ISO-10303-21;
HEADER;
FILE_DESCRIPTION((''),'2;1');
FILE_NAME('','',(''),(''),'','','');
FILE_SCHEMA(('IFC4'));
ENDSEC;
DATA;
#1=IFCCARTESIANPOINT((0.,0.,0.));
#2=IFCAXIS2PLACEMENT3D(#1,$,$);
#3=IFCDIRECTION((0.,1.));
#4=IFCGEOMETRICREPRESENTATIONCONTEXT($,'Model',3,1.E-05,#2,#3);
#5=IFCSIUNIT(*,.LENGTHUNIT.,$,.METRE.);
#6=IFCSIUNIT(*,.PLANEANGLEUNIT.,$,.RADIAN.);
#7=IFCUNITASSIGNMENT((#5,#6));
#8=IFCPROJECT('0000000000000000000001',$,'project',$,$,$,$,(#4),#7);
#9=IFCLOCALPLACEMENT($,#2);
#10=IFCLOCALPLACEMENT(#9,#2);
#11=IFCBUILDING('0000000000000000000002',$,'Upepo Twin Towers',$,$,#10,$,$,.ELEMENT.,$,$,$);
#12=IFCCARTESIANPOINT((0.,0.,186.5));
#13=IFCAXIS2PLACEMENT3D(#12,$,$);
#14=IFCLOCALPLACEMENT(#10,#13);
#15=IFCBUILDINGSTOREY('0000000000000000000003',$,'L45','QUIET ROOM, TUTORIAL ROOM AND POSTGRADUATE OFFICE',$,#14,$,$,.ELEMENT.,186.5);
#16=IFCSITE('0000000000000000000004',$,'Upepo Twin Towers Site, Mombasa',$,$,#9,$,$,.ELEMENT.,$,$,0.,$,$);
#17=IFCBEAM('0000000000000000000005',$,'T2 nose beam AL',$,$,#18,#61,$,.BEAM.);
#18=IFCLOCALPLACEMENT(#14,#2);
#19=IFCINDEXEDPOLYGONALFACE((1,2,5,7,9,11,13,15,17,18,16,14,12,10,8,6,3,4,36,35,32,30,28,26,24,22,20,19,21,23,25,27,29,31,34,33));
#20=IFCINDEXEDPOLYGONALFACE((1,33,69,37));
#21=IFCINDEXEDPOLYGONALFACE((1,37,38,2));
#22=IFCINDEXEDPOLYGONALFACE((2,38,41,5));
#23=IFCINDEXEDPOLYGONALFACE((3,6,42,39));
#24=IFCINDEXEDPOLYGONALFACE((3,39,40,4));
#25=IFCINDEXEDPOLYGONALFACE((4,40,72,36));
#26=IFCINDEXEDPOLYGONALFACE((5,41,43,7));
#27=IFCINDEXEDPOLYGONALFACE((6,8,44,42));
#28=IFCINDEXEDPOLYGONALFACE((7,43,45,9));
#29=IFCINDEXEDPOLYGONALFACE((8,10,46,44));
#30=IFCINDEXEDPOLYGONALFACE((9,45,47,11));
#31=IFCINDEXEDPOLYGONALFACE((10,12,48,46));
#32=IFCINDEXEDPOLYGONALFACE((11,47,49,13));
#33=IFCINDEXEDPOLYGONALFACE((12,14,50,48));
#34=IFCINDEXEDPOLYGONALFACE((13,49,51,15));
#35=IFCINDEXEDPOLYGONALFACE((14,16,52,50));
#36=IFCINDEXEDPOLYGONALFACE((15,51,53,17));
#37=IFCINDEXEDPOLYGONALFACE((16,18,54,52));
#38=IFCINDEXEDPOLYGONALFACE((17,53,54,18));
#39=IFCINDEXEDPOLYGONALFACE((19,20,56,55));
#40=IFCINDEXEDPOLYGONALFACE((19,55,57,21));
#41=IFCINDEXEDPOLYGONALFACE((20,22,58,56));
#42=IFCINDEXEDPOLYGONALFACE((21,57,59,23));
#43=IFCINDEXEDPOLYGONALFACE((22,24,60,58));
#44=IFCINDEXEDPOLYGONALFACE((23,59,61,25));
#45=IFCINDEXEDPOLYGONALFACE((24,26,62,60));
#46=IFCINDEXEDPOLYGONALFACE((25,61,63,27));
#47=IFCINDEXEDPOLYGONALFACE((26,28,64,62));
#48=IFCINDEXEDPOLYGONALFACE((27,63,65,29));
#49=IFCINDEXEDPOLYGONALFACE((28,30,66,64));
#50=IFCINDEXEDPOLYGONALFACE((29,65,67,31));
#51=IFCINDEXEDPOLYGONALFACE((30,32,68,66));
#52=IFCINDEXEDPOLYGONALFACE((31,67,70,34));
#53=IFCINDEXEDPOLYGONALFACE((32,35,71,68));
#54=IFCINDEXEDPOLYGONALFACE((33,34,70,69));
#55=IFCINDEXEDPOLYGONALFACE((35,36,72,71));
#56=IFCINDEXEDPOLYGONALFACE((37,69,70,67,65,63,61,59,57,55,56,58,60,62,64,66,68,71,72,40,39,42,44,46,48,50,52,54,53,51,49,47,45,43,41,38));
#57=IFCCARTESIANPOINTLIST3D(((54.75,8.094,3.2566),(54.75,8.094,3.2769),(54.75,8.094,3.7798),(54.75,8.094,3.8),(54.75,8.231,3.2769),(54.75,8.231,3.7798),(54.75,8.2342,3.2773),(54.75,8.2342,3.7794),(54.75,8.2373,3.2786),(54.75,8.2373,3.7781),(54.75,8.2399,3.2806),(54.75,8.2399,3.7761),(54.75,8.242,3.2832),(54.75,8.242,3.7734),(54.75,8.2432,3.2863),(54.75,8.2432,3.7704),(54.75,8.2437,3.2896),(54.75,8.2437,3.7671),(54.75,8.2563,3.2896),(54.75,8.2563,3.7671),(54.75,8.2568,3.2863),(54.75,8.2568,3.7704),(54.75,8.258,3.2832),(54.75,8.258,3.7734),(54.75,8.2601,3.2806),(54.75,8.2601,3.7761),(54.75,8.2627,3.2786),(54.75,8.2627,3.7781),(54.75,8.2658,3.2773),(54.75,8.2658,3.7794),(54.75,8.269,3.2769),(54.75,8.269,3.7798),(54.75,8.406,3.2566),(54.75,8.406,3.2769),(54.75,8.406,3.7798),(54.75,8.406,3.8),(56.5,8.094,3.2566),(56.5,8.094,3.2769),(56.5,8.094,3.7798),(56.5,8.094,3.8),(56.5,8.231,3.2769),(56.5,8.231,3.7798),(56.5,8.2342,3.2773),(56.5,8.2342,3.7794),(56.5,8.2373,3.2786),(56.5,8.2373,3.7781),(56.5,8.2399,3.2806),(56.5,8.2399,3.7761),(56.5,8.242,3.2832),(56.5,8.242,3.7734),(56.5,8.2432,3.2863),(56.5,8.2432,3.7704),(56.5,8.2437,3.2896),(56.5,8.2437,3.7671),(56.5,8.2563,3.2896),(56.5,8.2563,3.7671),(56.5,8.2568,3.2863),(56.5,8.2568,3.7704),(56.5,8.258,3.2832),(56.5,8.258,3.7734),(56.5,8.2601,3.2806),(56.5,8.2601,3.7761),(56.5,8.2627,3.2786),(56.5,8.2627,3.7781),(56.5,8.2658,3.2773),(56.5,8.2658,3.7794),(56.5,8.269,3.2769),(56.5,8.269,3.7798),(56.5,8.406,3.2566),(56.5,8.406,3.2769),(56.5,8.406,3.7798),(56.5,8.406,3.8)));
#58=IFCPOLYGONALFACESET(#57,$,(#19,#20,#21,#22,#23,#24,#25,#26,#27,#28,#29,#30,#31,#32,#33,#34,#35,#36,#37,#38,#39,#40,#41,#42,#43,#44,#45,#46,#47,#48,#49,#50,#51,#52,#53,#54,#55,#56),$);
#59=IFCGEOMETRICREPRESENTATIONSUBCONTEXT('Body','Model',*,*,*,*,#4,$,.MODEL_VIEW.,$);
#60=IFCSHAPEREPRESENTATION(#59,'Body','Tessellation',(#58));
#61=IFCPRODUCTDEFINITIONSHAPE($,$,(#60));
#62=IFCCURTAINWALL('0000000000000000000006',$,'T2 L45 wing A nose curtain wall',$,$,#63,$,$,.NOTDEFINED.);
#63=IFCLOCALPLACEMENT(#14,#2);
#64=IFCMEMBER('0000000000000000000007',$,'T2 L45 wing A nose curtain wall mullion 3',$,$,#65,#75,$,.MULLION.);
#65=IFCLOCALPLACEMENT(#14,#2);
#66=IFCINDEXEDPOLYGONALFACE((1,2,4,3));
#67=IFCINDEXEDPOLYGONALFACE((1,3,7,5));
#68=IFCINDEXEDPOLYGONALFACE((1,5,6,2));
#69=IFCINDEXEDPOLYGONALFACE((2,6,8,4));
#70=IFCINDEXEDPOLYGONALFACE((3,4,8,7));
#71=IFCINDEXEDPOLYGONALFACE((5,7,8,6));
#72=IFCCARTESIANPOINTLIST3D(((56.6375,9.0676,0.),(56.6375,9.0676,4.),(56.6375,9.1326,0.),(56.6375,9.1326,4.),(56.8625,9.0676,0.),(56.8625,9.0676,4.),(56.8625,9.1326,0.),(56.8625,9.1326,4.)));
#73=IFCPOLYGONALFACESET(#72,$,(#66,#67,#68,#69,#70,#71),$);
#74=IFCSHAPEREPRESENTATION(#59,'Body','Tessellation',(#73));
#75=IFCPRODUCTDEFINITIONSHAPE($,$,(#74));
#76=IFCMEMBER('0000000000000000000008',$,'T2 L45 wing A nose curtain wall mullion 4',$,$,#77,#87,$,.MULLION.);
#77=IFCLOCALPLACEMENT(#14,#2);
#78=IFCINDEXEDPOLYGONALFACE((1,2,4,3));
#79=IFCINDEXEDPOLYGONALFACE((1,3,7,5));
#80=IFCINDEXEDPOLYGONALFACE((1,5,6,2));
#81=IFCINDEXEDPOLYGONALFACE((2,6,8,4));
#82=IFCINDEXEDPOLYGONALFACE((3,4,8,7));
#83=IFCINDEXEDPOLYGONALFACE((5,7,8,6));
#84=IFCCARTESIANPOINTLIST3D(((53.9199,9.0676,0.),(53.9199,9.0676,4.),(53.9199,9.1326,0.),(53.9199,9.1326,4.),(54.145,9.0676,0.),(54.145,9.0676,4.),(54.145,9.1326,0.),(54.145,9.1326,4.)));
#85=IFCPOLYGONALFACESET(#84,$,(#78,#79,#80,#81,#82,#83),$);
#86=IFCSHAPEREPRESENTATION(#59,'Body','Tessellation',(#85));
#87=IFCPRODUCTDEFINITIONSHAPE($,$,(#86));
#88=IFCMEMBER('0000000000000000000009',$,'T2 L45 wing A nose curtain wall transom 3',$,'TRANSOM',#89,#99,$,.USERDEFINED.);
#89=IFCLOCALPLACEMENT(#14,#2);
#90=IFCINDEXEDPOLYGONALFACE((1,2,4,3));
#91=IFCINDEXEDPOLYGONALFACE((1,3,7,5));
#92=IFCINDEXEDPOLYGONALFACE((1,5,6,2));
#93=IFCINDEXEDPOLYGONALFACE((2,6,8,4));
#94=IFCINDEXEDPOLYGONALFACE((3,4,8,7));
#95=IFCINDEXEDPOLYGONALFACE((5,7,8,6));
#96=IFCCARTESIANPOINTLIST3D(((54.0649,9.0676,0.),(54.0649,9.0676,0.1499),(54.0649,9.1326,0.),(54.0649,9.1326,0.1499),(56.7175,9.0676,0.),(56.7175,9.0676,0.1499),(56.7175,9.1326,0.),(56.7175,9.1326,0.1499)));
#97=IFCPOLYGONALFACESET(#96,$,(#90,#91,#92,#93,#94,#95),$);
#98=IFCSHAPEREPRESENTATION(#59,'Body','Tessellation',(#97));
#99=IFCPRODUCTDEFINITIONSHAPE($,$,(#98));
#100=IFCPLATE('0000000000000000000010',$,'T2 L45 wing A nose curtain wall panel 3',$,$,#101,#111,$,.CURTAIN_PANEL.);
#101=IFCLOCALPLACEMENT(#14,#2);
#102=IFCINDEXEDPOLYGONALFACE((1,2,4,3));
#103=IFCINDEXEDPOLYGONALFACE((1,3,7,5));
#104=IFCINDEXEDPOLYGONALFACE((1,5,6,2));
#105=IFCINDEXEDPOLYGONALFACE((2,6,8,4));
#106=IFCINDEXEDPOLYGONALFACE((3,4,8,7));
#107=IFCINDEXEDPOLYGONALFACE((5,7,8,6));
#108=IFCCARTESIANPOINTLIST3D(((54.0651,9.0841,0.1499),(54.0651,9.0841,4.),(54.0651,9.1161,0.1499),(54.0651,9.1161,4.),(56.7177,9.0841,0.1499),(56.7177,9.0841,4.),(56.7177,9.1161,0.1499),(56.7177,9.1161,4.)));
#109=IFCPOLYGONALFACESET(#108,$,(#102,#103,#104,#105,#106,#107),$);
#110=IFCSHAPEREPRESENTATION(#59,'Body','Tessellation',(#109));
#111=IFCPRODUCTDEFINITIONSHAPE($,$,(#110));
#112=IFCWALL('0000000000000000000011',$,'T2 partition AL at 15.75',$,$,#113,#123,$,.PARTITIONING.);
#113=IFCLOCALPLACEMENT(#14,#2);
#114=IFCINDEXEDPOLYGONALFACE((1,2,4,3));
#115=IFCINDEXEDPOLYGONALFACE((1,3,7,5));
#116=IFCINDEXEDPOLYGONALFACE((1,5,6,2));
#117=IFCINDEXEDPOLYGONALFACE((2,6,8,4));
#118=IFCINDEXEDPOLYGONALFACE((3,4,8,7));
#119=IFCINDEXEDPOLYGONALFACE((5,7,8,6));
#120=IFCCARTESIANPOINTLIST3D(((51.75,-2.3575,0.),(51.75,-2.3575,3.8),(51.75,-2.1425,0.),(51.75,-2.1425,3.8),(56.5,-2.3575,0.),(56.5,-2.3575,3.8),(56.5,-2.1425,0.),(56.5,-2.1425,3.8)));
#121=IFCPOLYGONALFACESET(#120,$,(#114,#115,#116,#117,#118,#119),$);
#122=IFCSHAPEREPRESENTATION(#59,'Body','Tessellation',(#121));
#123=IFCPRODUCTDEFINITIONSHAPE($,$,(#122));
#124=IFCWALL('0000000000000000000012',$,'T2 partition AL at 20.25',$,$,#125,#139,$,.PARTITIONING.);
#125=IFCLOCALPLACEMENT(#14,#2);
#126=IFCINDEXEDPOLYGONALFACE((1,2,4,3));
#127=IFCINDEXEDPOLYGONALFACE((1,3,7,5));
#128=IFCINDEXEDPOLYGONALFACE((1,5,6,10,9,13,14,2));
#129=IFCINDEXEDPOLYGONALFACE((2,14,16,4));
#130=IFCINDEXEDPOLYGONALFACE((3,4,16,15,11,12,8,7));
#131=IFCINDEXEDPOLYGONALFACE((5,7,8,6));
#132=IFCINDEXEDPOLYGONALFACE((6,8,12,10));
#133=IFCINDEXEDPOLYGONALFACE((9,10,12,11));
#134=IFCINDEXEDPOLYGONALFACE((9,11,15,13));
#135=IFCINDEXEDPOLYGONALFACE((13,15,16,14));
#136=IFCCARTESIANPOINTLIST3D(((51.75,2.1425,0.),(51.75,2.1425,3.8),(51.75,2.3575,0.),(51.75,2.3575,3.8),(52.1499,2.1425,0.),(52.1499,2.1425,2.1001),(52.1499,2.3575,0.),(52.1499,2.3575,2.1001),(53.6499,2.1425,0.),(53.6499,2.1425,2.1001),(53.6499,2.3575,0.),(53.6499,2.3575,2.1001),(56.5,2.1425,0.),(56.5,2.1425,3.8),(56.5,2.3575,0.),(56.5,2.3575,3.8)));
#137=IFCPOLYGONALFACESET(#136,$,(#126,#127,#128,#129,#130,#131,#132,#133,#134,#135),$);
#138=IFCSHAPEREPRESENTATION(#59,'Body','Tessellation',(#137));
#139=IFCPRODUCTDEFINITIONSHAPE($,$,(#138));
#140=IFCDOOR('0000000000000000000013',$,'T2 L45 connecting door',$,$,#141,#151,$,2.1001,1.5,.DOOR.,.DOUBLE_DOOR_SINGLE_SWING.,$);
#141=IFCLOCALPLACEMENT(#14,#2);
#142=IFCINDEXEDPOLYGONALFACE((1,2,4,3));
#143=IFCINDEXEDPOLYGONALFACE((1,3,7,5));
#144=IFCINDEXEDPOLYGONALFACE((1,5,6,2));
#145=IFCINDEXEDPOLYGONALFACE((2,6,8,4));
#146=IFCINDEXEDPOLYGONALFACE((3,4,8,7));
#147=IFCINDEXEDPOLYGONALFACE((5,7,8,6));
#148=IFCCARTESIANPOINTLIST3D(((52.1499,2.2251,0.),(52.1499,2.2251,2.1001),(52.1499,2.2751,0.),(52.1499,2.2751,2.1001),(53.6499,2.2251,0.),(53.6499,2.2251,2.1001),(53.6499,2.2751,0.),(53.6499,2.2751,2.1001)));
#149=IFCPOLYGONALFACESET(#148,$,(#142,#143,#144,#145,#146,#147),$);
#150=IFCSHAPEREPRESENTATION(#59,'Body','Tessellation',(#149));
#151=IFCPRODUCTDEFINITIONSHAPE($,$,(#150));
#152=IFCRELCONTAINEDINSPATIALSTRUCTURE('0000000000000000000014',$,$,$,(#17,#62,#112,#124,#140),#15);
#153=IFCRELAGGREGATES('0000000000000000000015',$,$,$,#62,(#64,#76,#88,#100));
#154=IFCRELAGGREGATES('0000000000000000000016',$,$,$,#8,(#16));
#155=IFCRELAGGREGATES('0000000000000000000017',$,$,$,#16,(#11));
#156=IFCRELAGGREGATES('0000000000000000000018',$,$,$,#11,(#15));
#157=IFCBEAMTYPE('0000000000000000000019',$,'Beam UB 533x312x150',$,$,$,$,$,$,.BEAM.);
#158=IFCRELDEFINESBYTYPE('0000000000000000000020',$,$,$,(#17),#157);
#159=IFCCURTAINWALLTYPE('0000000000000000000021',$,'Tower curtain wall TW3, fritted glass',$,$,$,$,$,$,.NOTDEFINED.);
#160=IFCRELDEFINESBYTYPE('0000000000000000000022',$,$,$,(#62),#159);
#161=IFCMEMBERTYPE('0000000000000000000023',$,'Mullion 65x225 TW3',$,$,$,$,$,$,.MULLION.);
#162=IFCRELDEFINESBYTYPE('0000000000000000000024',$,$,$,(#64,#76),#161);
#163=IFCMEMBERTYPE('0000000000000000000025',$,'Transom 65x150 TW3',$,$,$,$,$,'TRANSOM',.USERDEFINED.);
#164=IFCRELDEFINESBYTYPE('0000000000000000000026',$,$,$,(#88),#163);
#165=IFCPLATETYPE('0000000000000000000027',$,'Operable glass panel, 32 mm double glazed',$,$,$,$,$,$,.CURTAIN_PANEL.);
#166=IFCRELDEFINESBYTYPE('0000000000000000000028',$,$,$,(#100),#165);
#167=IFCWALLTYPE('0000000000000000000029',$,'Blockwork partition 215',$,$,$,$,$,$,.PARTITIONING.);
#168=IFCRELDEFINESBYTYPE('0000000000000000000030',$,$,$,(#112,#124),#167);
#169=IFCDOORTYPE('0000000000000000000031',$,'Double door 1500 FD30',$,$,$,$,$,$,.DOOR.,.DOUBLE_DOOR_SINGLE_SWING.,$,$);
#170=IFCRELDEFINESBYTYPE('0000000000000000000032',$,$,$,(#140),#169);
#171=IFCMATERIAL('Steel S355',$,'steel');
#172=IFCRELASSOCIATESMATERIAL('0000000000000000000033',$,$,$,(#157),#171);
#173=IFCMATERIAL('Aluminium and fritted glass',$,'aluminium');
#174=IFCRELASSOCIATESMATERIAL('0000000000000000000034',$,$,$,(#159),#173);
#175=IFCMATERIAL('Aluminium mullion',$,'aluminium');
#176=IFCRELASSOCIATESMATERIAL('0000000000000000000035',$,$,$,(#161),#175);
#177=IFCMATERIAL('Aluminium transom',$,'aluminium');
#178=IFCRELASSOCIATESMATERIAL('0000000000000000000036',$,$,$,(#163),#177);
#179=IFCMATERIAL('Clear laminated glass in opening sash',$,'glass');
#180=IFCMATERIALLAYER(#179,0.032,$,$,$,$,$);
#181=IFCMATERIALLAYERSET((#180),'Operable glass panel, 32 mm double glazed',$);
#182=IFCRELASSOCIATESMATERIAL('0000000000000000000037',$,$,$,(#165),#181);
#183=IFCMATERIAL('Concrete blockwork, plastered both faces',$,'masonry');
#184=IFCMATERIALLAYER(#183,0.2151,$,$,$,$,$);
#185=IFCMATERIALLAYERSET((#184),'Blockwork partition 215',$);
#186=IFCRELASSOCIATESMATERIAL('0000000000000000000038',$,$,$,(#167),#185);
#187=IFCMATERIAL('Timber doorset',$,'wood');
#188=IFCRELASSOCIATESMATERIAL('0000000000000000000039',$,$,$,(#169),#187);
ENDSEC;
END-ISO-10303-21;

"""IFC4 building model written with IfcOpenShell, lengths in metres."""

from ifc_helpers import new_model, si_unit, direction, frame, frame_2d, origin, origin_2d, place, context, subcontext, project, spatial, rectangle, i_section, extrude, material, layer, layer_set, material_profile, profile_set, type_object, element, fill, aggregate, save


model = new_model("IFC4")

# Units and contexts
model_context = context("Model", 3, precision=1e-05, world=origin(), true_north=direction((0.0, 1.0)))
body_context = subcontext(model_context, "Body", "Model", "MODEL_VIEW")
ifc_project = project(units=[si_unit("LENGTHUNIT", "METRE"), si_unit("PLANEANGLEUNIT", "RADIAN")], contexts=[model_context])

# Site, building, storey
site_placement = place(None, origin())
site = spatial("IfcSite", under=ifc_project, at=site_placement, Name="Upepo Twin Towers Site, Mombasa", CompositionType="ELEMENT", RefElevation=0.0)
building_placement = place(site_placement, origin())
building = spatial("IfcBuilding", under=site, at=building_placement, Name="Upepo Twin Towers", CompositionType="ELEMENT")
storey_placement = place(building_placement, frame((0.0, 0.0, 186.5)))
storey = spatial("IfcBuildingStorey", under=building, at=storey_placement, Name="L45", Description="QUIET ROOM, TUTORIAL ROOM AND POSTGRADUATE OFFICE", CompositionType="ELEMENT", Elevation=186.5)

# Beam
ifc_material_1 = material(Name="Steel S355", Category="steel")
ifc_material_profile_1 = material_profile(ifc_material_1, i_section(OverallWidth=0.312, OverallDepth=0.5435, WebThickness=0.0127, FlangeThickness=0.0203, FilletRadius=0.0127, at=origin_2d()), Name="UB 533x312x150")
ifc_profile_set_1 = profile_set([ifc_material_profile_1], Name="Steel S355")
beam_type_1 = type_object("IfcBeamType", Name="Beam UB 533x312x150", PredefinedType="BEAM", material=ifc_profile_set_1)
beam_1_placement = place(storey_placement, frame((54.75, 8.25, 3.5283), z_axis=(1.0, 0.0, 0.0), x_axis=(0.0, 1.0, 0.0)))
element("IfcBeam", 1, at=beam_1_placement, inside=storey, type_object=beam_type_1, Name="T2 nose beam AL", PredefinedType="BEAM", context=body_context, shape_type="SweptSolid", body=[
    extrude(i_section(OverallWidth=0.312, OverallDepth=0.5435, WebThickness=0.0127, FlangeThickness=0.0203, FilletRadius=0.0127, at=origin_2d()), origin(), (0.0, 0.0, 1.0), 1.75),
])

# Curtain wall, members, plate
ifc_material_2 = material(Name="Aluminium and fritted glass", Category="aluminium")
curtain_wall_type = type_object("IfcCurtainWallType", Name="Tower curtain wall TW3, fritted glass", PredefinedType="NOTDEFINED", material=ifc_material_2)
curtain_wall_placement = place(storey_placement, origin())
curtain_wall = element("IfcCurtainWall", 2, at=curtain_wall_placement, inside=storey, type_object=curtain_wall_type, Name="T2 L45 wing A nose curtain wall", PredefinedType="NOTDEFINED")
ifc_material_3 = material(Name="Aluminium mullion", Category="aluminium")
ifc_material_profile_2 = material_profile(ifc_material_3, rectangle(XDim=0.0649, YDim=0.2251, at=origin_2d()), Name="MULLION 65x225")
ifc_profile_set_2 = profile_set([ifc_material_profile_2], Name="Aluminium mullion")
member_type_1 = type_object("IfcMemberType", Name="Mullion 65x225 TW3", PredefinedType="MULLION", material=ifc_profile_set_2)
member_1_placement = place(storey_placement, frame((56.75, 9.1001, 0.0), z_axis=(0.0, 0.0, 1.0), x_axis=(0.0, -1.0, 0.0)))
member_1 = element("IfcMember", 3, at=member_1_placement, type_object=member_type_1, Name="T2 L45 wing A nose curtain wall mullion 3", PredefinedType="MULLION", context=body_context, shape_type="SweptSolid", body=[
    extrude(rectangle(XDim=0.0649, YDim=0.2251, at=origin_2d()), origin(), (0.0, 0.0, 1.0), 4.0),
])
member_2_placement = place(storey_placement, frame((54.0325, 9.1001, 0.0), z_axis=(0.0, 0.0, 1.0), x_axis=(0.0, -1.0, 0.0)))
member_2 = element("IfcMember", 4, at=member_2_placement, type_object=member_type_1, Name="T2 L45 wing A nose curtain wall mullion 4", PredefinedType="MULLION", context=body_context, shape_type="SweptSolid", body=[
    extrude(rectangle(XDim=0.0649, YDim=0.2251, at=origin_2d()), origin(), (0.0, 0.0, 1.0), 4.0),
])
ifc_material_4 = material(Name="Aluminium transom", Category="aluminium")
ifc_material_profile_3 = material_profile(ifc_material_4, rectangle(XDim=0.0649, YDim=0.1499, at=origin_2d()), Name="TRANSOM 65x150")
ifc_profile_set_3 = profile_set([ifc_material_profile_3], Name="Aluminium transom")
member_type_2 = type_object("IfcMemberType", Name="Transom 65x150 TW3", ElementType="TRANSOM", PredefinedType="USERDEFINED", material=ifc_profile_set_3)
member_3_placement = place(storey_placement, frame((56.7175, 9.1001, 0.075), z_axis=(-1.0, 0.0, 0.0), x_axis=(0.0, -1.0, 0.0)))
member_3 = element("IfcMember", 5, at=member_3_placement, type_object=member_type_2, Name="T2 L45 wing A nose curtain wall transom 3", ObjectType="TRANSOM", PredefinedType="USERDEFINED", context=body_context, shape_type="SweptSolid", body=[
    extrude(rectangle(XDim=0.0649, YDim=0.1499, at=origin_2d()), origin(), (0.0, 0.0, 1.0), 2.6526),
])
ifc_material_5 = material(Name="Clear laminated glass in opening sash", Category="glass")
ifc_layer_1 = layer(ifc_material_5, 0.032)
ifc_layer_set_1 = layer_set([ifc_layer_1], Name="Operable glass panel, 32 mm double glazed")
plate_type = type_object("IfcPlateType", Name="Operable glass panel, 32 mm double glazed", PredefinedType="CURTAIN_PANEL", material=ifc_layer_set_1)
plate_placement = place(storey_placement, frame((55.3914, 9.1001, 0.1499), z_axis=(0.0, 0.0, 1.0), x_axis=(-1.0, 0.0, 0.0)))
plate = element("IfcPlate", 6, at=plate_placement, type_object=plate_type, Name="T2 L45 wing A nose curtain wall panel 3", PredefinedType="CURTAIN_PANEL", context=body_context, shape_type="SweptSolid", body=[
    extrude(rectangle(XDim=2.6526, YDim=0.032, at=origin_2d()), origin(), (0.0, 0.0, 1.0), 3.8501),
])
aggregate(curtain_wall, [member_1, member_2, member_3, plate])

# Wall
ifc_material_6 = material(Name="Concrete blockwork, plastered both faces", Category="masonry")
ifc_layer_2 = layer(ifc_material_6, 0.2151)
ifc_layer_set_2 = layer_set([ifc_layer_2], Name="Blockwork partition 215")
wall_type_1 = type_object("IfcWallType", Name="Blockwork partition 215", PredefinedType="PARTITIONING", material=ifc_layer_set_2)
wall_1_placement = place(storey_placement, frame((56.5, -2.25, 0.0), z_axis=(0.0, 0.0, 1.0), x_axis=(-1.0, 0.0, 0.0)))
element("IfcWall", 7, at=wall_1_placement, inside=storey, type_object=wall_type_1, Name="T2 partition AL at 15.75", PredefinedType="PARTITIONING", context=body_context, shape_type="SweptSolid", body=[
    extrude(rectangle(XDim=4.75, YDim=0.2151, at=frame_2d((2.375, 0.0))), origin(), (0.0, 0.0, 1.0), 3.8),
])

# Wall, opening, door
wall_2_placement = place(storey_placement, frame((56.5, 2.25, 0.0), z_axis=(0.0, 0.0, 1.0), x_axis=(-1.0, 0.0, 0.0)))
wall_2 = element("IfcWall", 8, at=wall_2_placement, inside=storey, type_object=wall_type_1, Name="T2 partition AL at 20.25", PredefinedType="PARTITIONING", context=body_context, shape_type="SweptSolid", body=[
    extrude(rectangle(XDim=4.75, YDim=0.2151, at=frame_2d((2.375, 0.0))), origin(), (0.0, 0.0, 1.0), 3.8),
])
opening_1_placement = place(wall_2_placement, frame((2.8501, 0.0, 0.0)))
opening_1 = element("IfcOpeningElement", 9, at=opening_1_placement, cuts=wall_2, PredefinedType="OPENING", context=body_context, shape_type="SweptSolid", body=[
    extrude(rectangle(XDim=1.5, YDim=2.1001, at=frame_2d((0.75, 1.05))), frame((0.0, 0.1174, 0.0), z_axis=(0.0, -1.0, 0.0), x_axis=(1.0, 0.0, 0.0)), (0.0, 0.0, 1.0), 0.2351),
])
ifc_material_7 = material(Name="Timber doorset", Category="wood")
door_type_1 = type_object("IfcDoorType", Name="Double door 1500 FD30", OperationType="DOUBLE_DOOR_SINGLE_SWING", PredefinedType="DOOR", material=ifc_material_7)
door_1_placement = place(opening_1_placement, origin())
door_1 = element("IfcDoor", 10, at=door_1_placement, inside=storey, type_object=door_type_1, Name="T2 L45 connecting door", OperationType="DOUBLE_DOOR_SINGLE_SWING", OverallHeight=2.1001, OverallWidth=1.5, PredefinedType="DOOR", context=body_context, shape_type="SweptSolid", body=[
    extrude(rectangle(XDim=1.5, YDim=2.1001, at=frame_2d((0.75, 1.05))), frame((0.0, 0.0249, 0.0), z_axis=(0.0, -1.0, 0.0), x_axis=(1.0, 0.0, 0.0)), (0.0, 0.0, 1.0), 0.05),
])
fill(opening_1, door_1)

save(model, "model.ifc")
